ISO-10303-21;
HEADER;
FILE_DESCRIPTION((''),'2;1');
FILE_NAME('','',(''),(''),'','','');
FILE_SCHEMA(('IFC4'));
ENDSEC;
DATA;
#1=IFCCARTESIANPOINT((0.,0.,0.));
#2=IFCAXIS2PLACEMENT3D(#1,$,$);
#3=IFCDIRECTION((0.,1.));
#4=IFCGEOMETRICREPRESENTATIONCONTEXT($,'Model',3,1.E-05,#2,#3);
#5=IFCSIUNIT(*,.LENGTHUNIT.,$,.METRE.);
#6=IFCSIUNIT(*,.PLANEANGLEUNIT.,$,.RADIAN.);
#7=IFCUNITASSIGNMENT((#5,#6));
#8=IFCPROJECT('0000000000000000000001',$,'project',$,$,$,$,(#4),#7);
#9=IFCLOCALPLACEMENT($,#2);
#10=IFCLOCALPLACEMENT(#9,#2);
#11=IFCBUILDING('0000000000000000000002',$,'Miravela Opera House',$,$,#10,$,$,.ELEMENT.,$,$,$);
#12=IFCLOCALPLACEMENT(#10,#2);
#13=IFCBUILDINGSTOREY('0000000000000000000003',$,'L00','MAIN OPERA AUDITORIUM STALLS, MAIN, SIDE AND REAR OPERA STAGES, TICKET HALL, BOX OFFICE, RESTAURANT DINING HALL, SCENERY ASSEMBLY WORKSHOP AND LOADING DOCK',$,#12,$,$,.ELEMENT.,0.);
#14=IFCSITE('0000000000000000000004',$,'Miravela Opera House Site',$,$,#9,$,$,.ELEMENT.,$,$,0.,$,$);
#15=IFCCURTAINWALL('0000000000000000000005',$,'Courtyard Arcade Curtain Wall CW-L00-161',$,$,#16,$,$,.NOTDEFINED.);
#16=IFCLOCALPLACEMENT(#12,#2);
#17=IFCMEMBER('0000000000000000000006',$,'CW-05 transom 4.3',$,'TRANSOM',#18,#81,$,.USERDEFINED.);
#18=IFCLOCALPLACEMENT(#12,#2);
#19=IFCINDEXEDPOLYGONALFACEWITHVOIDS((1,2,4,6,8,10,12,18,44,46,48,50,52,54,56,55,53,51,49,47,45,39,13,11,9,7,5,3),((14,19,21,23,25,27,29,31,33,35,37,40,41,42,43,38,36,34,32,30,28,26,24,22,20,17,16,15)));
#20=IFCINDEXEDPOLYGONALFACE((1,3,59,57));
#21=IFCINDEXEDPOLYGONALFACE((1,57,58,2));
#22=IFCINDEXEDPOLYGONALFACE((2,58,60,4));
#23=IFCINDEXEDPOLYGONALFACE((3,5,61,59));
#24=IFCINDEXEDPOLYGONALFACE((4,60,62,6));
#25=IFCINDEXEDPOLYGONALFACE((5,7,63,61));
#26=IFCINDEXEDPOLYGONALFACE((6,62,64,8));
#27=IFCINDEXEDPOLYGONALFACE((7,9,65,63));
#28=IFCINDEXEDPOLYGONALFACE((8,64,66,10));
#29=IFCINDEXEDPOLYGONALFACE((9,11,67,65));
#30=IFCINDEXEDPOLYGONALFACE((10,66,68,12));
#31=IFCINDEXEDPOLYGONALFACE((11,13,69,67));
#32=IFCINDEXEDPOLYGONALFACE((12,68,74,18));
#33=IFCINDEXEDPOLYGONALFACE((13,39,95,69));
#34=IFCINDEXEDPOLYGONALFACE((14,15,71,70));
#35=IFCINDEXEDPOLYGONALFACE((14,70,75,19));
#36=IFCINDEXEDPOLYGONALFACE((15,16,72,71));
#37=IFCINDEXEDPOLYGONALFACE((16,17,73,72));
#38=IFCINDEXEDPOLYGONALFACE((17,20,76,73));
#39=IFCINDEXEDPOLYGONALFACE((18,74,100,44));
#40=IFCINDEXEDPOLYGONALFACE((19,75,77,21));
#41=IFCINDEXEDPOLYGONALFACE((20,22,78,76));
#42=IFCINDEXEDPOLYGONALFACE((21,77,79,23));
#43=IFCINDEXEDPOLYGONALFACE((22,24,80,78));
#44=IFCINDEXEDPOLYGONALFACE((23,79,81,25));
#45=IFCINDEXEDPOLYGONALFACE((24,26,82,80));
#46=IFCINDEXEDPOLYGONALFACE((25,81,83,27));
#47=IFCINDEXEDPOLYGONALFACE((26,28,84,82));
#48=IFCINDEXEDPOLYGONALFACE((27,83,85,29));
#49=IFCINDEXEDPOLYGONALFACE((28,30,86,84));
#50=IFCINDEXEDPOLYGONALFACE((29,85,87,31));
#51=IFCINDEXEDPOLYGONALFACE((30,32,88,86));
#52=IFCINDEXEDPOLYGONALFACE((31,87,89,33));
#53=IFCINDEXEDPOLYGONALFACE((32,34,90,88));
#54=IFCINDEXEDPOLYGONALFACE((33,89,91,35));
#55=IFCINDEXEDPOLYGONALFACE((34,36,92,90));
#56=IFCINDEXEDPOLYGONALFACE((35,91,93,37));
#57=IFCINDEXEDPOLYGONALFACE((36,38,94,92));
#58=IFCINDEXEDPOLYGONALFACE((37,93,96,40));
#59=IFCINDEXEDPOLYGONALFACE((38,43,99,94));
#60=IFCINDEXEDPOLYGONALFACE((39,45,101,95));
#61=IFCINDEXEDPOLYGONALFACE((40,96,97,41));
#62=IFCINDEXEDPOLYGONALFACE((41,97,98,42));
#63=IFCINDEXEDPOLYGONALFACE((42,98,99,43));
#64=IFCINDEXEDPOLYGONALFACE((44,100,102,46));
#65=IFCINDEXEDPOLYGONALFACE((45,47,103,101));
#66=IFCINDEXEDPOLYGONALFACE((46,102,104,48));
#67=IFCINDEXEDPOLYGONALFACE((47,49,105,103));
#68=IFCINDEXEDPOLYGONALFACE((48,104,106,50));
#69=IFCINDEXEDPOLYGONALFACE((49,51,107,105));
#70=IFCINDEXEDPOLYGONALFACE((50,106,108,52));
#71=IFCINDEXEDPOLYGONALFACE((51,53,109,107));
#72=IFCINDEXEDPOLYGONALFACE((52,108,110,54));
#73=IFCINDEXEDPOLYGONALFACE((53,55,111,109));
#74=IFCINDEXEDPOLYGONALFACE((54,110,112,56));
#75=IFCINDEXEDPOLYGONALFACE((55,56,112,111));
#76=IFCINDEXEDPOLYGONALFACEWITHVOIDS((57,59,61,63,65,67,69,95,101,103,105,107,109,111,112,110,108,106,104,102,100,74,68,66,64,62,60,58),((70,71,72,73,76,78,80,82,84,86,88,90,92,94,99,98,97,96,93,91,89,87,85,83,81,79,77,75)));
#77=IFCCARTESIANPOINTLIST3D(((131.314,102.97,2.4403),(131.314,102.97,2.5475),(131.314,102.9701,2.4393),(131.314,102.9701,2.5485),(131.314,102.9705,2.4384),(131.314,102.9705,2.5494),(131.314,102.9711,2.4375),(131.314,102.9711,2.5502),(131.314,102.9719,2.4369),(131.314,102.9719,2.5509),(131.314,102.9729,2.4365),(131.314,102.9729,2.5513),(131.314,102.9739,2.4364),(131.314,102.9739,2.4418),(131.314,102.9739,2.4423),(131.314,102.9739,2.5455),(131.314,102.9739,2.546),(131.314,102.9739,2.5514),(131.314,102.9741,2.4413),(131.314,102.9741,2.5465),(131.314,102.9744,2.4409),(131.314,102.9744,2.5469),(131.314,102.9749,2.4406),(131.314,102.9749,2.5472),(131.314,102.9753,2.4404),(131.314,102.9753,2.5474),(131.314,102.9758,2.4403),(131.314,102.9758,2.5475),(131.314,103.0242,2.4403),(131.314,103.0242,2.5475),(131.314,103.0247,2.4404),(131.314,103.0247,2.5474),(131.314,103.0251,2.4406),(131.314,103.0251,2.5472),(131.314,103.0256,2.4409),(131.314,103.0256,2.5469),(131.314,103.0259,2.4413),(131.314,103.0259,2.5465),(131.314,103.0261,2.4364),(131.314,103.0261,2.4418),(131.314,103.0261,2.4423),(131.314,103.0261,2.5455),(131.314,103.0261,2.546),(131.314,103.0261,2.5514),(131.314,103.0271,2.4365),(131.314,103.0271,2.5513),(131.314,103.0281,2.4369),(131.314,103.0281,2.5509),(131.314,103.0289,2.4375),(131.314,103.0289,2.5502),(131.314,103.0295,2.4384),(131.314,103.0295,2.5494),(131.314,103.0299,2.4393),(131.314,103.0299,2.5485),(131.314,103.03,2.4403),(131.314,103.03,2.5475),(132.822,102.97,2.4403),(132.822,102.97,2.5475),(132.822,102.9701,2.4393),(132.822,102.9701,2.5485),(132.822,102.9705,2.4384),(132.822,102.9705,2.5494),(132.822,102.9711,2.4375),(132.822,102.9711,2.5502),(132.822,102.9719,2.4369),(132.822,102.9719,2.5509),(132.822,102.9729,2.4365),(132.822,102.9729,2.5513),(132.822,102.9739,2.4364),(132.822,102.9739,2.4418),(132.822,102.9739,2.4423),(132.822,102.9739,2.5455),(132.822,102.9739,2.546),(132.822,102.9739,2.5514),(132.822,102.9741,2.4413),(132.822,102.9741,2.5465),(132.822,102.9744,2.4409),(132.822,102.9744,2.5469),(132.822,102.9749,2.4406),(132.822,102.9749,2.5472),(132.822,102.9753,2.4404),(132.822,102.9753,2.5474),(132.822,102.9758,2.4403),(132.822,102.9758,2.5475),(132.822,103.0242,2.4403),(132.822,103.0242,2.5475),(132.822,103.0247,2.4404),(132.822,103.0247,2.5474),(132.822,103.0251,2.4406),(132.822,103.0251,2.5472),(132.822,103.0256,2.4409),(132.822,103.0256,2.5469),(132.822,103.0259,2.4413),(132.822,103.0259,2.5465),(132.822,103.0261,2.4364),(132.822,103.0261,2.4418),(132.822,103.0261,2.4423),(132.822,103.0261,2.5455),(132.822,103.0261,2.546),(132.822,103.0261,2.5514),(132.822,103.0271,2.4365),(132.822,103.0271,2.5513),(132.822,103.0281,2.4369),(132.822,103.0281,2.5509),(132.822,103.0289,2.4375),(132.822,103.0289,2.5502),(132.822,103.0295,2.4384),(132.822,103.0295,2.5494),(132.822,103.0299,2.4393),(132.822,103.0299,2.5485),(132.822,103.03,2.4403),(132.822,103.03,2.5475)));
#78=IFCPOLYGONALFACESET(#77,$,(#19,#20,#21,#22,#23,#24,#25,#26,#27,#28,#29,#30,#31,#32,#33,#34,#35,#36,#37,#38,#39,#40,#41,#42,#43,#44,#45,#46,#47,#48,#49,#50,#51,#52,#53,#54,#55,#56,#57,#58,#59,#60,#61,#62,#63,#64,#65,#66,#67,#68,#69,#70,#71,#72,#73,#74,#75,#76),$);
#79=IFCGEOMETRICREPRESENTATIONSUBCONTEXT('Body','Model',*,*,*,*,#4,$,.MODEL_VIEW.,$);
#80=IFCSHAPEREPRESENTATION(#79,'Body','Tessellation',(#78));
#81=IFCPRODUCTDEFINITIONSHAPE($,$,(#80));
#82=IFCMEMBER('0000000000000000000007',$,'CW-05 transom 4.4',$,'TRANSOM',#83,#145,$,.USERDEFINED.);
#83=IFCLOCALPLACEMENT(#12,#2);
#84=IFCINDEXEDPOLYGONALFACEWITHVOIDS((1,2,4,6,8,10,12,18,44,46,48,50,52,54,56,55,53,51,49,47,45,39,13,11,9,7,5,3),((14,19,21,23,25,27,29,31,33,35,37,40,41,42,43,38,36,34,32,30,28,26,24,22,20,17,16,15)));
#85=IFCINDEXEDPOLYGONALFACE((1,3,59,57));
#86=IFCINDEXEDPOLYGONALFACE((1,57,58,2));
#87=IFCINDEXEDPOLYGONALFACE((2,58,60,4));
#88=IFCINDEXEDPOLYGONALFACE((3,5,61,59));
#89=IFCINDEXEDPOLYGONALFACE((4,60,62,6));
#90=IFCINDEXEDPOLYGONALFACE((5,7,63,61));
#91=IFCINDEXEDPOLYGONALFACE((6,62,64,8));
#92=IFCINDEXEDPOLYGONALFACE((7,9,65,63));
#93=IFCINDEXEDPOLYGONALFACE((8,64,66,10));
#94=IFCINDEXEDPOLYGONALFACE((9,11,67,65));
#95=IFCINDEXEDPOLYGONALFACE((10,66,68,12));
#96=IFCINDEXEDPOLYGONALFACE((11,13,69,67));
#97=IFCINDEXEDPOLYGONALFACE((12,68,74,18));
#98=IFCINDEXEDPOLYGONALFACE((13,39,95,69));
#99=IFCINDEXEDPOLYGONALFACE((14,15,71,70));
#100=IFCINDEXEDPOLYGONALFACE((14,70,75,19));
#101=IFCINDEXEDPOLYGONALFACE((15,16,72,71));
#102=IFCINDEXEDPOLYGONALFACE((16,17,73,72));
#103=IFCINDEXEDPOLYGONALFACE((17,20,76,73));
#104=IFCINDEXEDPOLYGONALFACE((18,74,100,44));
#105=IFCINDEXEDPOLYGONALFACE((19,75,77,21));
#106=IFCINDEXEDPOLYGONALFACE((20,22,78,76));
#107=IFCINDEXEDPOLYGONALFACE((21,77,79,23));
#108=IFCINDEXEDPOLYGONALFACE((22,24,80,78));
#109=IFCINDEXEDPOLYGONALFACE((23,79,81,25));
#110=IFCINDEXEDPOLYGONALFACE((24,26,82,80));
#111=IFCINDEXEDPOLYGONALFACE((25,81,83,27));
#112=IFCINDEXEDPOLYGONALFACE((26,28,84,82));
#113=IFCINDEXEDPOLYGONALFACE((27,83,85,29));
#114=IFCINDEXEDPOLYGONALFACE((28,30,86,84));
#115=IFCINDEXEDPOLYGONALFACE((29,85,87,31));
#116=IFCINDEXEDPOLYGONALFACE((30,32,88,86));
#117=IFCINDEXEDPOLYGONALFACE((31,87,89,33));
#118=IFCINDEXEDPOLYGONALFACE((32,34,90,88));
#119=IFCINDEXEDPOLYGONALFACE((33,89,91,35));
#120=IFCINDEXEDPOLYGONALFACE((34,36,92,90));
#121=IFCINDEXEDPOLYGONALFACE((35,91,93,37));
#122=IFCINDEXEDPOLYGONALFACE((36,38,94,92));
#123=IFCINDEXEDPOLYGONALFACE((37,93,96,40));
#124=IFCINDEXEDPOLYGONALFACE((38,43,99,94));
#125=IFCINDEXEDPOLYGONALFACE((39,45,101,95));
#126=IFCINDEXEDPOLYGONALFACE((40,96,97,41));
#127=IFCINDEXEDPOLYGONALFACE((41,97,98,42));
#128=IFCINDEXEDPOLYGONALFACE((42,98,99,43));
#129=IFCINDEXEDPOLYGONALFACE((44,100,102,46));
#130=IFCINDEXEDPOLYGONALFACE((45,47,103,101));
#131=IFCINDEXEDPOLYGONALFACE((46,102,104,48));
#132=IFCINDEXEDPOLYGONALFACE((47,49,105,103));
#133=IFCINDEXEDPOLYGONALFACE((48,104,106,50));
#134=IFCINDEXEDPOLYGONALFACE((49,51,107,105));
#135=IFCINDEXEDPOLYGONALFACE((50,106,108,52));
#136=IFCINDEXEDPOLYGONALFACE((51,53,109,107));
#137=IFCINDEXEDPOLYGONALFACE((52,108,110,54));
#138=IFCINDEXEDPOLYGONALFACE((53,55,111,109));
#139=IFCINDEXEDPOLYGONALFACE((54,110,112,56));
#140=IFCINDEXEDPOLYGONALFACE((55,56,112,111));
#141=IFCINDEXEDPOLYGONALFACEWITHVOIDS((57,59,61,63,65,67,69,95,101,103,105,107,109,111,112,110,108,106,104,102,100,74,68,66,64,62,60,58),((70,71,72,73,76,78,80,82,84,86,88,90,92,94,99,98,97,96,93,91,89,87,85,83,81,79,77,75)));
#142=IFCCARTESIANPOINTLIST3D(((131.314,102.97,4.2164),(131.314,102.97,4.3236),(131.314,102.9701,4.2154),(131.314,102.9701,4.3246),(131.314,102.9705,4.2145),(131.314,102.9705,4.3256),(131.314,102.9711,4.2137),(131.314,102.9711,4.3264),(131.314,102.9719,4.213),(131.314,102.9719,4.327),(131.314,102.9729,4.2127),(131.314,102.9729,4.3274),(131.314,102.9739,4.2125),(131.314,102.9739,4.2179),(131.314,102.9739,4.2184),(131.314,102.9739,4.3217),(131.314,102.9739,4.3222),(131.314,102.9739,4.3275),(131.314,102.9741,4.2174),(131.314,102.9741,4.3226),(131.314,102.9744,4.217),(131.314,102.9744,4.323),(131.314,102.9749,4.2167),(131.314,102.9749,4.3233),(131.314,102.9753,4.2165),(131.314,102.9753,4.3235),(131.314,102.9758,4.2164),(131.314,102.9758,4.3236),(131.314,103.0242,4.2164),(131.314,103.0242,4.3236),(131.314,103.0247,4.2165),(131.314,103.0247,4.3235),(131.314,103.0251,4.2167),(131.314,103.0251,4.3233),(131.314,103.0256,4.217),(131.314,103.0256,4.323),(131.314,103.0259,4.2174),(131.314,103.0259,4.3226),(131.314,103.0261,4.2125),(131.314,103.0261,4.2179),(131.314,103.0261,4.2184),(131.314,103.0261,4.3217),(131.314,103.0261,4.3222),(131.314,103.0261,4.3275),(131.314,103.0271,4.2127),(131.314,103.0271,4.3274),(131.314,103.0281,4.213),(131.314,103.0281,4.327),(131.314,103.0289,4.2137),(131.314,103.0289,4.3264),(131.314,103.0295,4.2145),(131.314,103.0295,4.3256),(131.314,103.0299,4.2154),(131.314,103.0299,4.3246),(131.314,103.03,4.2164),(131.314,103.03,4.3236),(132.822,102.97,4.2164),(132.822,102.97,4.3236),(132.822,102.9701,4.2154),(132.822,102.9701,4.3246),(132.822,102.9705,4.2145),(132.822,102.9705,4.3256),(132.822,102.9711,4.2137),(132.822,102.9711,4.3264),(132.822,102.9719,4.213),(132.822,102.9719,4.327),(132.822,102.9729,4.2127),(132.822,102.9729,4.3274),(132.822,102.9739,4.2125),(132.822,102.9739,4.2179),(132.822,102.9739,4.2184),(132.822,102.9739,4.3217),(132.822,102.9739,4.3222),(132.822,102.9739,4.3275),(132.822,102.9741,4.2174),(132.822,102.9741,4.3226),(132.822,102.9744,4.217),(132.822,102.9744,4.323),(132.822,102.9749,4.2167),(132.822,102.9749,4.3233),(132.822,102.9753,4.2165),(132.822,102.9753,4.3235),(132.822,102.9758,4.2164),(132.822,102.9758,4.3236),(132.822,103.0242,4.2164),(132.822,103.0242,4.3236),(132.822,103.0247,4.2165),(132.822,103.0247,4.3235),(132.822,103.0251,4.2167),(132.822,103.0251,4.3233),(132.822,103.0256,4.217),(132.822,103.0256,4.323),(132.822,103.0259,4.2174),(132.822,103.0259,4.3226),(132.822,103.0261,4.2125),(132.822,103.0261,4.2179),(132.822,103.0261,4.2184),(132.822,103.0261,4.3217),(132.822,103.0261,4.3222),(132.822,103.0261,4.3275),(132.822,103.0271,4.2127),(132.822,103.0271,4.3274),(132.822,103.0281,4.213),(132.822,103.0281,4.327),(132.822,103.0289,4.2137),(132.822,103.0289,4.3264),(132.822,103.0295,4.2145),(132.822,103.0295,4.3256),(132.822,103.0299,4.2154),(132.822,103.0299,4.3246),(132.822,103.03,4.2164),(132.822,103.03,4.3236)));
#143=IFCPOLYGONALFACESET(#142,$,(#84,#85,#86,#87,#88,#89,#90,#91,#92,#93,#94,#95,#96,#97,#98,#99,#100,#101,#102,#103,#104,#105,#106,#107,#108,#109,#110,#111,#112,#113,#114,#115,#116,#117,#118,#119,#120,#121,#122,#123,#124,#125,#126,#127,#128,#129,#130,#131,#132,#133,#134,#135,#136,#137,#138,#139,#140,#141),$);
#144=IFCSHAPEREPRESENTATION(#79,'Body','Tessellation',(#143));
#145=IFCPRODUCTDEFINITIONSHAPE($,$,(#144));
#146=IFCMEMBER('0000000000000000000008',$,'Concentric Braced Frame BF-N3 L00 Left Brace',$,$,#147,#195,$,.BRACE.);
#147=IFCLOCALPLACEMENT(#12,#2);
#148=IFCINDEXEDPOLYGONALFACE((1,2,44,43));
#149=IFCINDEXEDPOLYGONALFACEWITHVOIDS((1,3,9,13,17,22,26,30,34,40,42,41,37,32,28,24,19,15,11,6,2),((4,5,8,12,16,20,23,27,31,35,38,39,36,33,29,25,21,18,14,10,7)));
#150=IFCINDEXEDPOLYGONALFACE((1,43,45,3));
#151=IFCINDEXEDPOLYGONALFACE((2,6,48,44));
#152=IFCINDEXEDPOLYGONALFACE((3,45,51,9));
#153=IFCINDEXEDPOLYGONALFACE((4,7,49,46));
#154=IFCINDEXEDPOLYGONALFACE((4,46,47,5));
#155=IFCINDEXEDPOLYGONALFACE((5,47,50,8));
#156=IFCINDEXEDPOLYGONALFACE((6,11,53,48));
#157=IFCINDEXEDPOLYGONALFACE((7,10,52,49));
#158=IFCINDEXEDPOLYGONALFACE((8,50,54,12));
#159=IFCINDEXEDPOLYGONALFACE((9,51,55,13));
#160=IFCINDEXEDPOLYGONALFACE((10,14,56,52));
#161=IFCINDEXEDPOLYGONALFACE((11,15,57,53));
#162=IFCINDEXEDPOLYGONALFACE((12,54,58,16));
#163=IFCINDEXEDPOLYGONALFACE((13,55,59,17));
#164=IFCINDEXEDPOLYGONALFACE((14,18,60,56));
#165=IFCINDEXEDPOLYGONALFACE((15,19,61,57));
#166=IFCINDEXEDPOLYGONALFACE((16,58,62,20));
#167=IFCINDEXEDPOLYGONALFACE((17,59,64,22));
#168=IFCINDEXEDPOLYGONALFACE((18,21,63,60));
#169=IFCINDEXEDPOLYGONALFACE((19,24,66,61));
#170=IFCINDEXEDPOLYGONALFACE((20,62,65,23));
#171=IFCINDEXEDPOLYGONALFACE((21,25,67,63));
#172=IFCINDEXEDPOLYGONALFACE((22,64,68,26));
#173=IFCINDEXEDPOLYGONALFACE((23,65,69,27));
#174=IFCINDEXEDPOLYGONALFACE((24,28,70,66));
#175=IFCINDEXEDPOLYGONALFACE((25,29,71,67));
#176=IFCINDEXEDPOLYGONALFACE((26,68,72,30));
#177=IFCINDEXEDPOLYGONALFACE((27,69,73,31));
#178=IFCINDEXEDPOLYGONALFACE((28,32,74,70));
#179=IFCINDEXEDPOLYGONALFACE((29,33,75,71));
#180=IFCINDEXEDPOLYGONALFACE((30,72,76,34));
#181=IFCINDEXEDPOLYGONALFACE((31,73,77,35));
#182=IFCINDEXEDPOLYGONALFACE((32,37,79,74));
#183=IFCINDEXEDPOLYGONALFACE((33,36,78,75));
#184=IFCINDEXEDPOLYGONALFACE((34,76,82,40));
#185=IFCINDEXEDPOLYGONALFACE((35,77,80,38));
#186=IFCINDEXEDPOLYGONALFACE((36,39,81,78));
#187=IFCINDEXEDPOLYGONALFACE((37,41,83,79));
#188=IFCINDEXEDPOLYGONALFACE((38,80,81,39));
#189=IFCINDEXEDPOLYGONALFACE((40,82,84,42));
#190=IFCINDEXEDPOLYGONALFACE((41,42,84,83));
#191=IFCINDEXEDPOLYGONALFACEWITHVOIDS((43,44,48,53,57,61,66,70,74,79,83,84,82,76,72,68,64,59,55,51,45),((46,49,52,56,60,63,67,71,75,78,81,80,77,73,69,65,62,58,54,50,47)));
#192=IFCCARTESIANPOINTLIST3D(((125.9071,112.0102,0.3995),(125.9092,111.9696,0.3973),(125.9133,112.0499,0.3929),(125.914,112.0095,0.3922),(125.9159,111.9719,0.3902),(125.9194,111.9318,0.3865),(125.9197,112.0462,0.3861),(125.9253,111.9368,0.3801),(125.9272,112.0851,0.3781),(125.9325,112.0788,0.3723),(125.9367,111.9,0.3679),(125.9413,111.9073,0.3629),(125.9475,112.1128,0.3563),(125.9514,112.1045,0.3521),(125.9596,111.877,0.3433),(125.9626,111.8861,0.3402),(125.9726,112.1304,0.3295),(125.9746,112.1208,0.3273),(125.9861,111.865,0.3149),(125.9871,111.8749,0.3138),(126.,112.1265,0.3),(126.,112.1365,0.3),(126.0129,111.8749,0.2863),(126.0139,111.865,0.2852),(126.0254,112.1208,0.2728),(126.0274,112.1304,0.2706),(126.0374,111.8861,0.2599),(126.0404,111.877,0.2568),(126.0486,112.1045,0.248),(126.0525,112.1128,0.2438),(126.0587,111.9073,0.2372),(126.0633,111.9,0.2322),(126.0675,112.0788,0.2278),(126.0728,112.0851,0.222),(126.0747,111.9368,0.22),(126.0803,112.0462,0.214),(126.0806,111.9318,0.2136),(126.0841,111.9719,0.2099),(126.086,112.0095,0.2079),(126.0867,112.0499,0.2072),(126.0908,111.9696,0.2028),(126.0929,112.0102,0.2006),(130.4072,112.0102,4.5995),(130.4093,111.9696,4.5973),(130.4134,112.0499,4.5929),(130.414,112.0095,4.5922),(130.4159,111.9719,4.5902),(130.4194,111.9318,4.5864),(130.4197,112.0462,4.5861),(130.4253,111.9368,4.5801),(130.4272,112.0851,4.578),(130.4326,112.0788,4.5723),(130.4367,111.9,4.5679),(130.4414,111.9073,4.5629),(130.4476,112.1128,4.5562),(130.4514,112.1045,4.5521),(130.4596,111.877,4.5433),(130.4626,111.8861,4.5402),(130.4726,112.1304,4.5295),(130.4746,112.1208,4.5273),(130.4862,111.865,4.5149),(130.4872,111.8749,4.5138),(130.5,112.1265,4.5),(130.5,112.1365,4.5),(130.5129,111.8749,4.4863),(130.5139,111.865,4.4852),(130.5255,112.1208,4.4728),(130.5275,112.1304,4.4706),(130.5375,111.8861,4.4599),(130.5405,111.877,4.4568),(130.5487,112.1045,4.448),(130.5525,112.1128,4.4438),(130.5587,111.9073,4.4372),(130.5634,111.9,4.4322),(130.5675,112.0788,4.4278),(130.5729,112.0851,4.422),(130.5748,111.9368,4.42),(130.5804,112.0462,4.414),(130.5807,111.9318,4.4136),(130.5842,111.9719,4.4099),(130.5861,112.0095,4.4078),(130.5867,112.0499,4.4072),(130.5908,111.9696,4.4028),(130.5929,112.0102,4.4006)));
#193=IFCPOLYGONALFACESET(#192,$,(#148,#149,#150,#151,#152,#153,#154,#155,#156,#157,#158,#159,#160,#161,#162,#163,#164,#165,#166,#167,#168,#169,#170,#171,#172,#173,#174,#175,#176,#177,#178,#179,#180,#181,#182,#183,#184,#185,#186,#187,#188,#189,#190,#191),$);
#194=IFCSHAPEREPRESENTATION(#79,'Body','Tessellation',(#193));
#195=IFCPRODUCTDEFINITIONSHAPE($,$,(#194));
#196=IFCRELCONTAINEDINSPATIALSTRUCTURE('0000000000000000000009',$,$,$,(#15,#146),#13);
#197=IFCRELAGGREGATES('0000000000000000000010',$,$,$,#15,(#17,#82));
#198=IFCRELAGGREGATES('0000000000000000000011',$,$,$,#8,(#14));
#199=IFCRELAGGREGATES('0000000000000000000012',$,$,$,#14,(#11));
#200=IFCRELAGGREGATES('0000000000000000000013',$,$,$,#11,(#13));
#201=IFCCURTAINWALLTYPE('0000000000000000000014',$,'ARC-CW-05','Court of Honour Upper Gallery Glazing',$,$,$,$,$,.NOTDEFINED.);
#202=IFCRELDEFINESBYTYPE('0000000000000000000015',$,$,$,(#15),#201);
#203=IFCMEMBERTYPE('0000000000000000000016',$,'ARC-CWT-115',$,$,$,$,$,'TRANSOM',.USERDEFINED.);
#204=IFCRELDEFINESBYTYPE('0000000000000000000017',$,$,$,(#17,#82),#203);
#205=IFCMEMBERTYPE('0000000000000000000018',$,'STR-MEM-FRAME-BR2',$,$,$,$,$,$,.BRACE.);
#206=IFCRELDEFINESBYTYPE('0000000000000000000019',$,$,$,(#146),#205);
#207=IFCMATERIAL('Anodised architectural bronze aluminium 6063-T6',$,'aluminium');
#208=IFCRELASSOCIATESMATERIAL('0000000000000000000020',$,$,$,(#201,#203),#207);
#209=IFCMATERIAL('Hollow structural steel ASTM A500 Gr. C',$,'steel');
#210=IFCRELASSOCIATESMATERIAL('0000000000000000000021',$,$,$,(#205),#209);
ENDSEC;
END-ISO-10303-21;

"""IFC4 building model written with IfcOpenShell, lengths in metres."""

from ifc_helpers import new_model, si_unit, direction, frame, origin, origin_2d, place, context, subcontext, project, spatial, hollow_rectangle, hollow_circle, extrude, material, material_profile, profile_set, type_object, element, aggregate, save


model = new_model("IFC4")

# Units and contexts
model_context = context("Model", 3, precision=1e-05, world=origin(), true_north=direction((0.0, 1.0)))
body_context = subcontext(model_context, "Body", "Model", "MODEL_VIEW")
ifc_project = project(units=[si_unit("LENGTHUNIT", "METRE"), si_unit("PLANEANGLEUNIT", "RADIAN")], contexts=[model_context])

# Site, building, storey
site_placement = place(None, origin())
site = spatial("IfcSite", under=ifc_project, at=site_placement, Name="Miravela Opera House Site", CompositionType="ELEMENT", RefElevation=0.0)
building_placement = place(site_placement, origin())
building = spatial("IfcBuilding", under=site, at=building_placement, Name="Miravela Opera House", CompositionType="ELEMENT")
storey_placement = place(building_placement, origin())
storey = spatial("IfcBuildingStorey", under=building, at=storey_placement, Name="L00", Description="MAIN OPERA AUDITORIUM STALLS, MAIN, SIDE AND REAR OPERA STAGES, TICKET HALL, BOX OFFICE, RESTAURANT DINING HALL, SCENERY ASSEMBLY WORKSHOP AND LOADING DOCK", CompositionType="ELEMENT", Elevation=0.0)

# Shared definitions
ifc_material_1 = material(Name="Hollow structural steel ASTM A500 Gr. C", Category="steel")

# Curtain wall, members
ifc_material_2 = material(Name="Anodised architectural bronze aluminium 6063-T6", Category="aluminium")
curtain_wall_type = type_object("IfcCurtainWallType", Name="ARC-CW-05", Description="Court of Honour Upper Gallery Glazing", PredefinedType="NOTDEFINED", material=ifc_material_2)
curtain_wall_placement = place(storey_placement, origin())
curtain_wall = element("IfcCurtainWall", 1, at=curtain_wall_placement, inside=storey, type_object=curtain_wall_type, Name="Courtyard Arcade Curtain Wall CW-L00-161", PredefinedType="NOTDEFINED")
ifc_material_profile_1 = material_profile(ifc_material_2, hollow_rectangle(XDim=0.0601, YDim=0.115, WallThickness=0.0039, InnerFilletRadius=0.002, OuterFilletRadius=0.0039, at=origin_2d()), Name="CWT-60X115")
ifc_profile_set_1 = profile_set([ifc_material_profile_1])
member_type_1 = type_object("IfcMemberType", Name="ARC-CWT-115", ElementType="TRANSOM", PredefinedType="USERDEFINED", material=ifc_profile_set_1)
member_1_placement = place(storey_placement, frame((131.314, 103.0, 2.4939), z_axis=(1.0, 0.0, 0.0), x_axis=(0.0, 1.0, 0.0)))
member_1 = element("IfcMember", 2, at=member_1_placement, type_object=member_type_1, Name="CW-05 transom 4.3", ObjectType="TRANSOM", PredefinedType="USERDEFINED", context=body_context, shape_type="SweptSolid", body=[
    extrude(hollow_rectangle(XDim=0.0601, YDim=0.115, WallThickness=0.0039, InnerFilletRadius=0.002, OuterFilletRadius=0.0039, at=origin_2d()), origin(), (0.0, 0.0, 1.0), 1.5081),
])
member_2_placement = place(storey_placement, frame((131.314, 103.0, 4.27), z_axis=(1.0, 0.0, 0.0), x_axis=(0.0, 1.0, 0.0)))
member_2 = element("IfcMember", 3, at=member_2_placement, type_object=member_type_1, Name="CW-05 transom 4.4", ObjectType="TRANSOM", PredefinedType="USERDEFINED", context=body_context, shape_type="SweptSolid", body=[
    extrude(hollow_rectangle(XDim=0.0601, YDim=0.115, WallThickness=0.0039, InnerFilletRadius=0.002, OuterFilletRadius=0.0039, at=origin_2d()), origin(), (0.0, 0.0, 1.0), 1.5081),
])

# Member
ifc_material_profile_2 = material_profile(ifc_material_1, hollow_circle(Radius=0.1365, WallThickness=0.01, at=origin_2d()), Name="CHS273X10")
ifc_profile_set_2 = profile_set([ifc_material_profile_2])
member_type_2 = type_object("IfcMemberType", Name="STR-MEM-FRAME-BR2", PredefinedType="BRACE", material=ifc_profile_set_2)
member_3_placement = place(storey_placement, frame((126.0, 112.0, 0.3), z_axis=(0.731059, 0.0, 0.682314), x_axis=(0.0, 1.0, 0.0)))
element("IfcMember", 4, at=member_3_placement, inside=storey, type_object=member_type_2, Name="Concentric Braced Frame BF-N3 L00 Left Brace", PredefinedType="BRACE", context=body_context, shape_type="SweptSolid", body=[
    extrude(hollow_circle(Radius=0.1365, WallThickness=0.01, at=origin_2d()), origin(), (0.0, 0.0, 1.0), 6.1555),
])

aggregate(curtain_wall, [member_1, member_2])

save(model, "model.ifc")
